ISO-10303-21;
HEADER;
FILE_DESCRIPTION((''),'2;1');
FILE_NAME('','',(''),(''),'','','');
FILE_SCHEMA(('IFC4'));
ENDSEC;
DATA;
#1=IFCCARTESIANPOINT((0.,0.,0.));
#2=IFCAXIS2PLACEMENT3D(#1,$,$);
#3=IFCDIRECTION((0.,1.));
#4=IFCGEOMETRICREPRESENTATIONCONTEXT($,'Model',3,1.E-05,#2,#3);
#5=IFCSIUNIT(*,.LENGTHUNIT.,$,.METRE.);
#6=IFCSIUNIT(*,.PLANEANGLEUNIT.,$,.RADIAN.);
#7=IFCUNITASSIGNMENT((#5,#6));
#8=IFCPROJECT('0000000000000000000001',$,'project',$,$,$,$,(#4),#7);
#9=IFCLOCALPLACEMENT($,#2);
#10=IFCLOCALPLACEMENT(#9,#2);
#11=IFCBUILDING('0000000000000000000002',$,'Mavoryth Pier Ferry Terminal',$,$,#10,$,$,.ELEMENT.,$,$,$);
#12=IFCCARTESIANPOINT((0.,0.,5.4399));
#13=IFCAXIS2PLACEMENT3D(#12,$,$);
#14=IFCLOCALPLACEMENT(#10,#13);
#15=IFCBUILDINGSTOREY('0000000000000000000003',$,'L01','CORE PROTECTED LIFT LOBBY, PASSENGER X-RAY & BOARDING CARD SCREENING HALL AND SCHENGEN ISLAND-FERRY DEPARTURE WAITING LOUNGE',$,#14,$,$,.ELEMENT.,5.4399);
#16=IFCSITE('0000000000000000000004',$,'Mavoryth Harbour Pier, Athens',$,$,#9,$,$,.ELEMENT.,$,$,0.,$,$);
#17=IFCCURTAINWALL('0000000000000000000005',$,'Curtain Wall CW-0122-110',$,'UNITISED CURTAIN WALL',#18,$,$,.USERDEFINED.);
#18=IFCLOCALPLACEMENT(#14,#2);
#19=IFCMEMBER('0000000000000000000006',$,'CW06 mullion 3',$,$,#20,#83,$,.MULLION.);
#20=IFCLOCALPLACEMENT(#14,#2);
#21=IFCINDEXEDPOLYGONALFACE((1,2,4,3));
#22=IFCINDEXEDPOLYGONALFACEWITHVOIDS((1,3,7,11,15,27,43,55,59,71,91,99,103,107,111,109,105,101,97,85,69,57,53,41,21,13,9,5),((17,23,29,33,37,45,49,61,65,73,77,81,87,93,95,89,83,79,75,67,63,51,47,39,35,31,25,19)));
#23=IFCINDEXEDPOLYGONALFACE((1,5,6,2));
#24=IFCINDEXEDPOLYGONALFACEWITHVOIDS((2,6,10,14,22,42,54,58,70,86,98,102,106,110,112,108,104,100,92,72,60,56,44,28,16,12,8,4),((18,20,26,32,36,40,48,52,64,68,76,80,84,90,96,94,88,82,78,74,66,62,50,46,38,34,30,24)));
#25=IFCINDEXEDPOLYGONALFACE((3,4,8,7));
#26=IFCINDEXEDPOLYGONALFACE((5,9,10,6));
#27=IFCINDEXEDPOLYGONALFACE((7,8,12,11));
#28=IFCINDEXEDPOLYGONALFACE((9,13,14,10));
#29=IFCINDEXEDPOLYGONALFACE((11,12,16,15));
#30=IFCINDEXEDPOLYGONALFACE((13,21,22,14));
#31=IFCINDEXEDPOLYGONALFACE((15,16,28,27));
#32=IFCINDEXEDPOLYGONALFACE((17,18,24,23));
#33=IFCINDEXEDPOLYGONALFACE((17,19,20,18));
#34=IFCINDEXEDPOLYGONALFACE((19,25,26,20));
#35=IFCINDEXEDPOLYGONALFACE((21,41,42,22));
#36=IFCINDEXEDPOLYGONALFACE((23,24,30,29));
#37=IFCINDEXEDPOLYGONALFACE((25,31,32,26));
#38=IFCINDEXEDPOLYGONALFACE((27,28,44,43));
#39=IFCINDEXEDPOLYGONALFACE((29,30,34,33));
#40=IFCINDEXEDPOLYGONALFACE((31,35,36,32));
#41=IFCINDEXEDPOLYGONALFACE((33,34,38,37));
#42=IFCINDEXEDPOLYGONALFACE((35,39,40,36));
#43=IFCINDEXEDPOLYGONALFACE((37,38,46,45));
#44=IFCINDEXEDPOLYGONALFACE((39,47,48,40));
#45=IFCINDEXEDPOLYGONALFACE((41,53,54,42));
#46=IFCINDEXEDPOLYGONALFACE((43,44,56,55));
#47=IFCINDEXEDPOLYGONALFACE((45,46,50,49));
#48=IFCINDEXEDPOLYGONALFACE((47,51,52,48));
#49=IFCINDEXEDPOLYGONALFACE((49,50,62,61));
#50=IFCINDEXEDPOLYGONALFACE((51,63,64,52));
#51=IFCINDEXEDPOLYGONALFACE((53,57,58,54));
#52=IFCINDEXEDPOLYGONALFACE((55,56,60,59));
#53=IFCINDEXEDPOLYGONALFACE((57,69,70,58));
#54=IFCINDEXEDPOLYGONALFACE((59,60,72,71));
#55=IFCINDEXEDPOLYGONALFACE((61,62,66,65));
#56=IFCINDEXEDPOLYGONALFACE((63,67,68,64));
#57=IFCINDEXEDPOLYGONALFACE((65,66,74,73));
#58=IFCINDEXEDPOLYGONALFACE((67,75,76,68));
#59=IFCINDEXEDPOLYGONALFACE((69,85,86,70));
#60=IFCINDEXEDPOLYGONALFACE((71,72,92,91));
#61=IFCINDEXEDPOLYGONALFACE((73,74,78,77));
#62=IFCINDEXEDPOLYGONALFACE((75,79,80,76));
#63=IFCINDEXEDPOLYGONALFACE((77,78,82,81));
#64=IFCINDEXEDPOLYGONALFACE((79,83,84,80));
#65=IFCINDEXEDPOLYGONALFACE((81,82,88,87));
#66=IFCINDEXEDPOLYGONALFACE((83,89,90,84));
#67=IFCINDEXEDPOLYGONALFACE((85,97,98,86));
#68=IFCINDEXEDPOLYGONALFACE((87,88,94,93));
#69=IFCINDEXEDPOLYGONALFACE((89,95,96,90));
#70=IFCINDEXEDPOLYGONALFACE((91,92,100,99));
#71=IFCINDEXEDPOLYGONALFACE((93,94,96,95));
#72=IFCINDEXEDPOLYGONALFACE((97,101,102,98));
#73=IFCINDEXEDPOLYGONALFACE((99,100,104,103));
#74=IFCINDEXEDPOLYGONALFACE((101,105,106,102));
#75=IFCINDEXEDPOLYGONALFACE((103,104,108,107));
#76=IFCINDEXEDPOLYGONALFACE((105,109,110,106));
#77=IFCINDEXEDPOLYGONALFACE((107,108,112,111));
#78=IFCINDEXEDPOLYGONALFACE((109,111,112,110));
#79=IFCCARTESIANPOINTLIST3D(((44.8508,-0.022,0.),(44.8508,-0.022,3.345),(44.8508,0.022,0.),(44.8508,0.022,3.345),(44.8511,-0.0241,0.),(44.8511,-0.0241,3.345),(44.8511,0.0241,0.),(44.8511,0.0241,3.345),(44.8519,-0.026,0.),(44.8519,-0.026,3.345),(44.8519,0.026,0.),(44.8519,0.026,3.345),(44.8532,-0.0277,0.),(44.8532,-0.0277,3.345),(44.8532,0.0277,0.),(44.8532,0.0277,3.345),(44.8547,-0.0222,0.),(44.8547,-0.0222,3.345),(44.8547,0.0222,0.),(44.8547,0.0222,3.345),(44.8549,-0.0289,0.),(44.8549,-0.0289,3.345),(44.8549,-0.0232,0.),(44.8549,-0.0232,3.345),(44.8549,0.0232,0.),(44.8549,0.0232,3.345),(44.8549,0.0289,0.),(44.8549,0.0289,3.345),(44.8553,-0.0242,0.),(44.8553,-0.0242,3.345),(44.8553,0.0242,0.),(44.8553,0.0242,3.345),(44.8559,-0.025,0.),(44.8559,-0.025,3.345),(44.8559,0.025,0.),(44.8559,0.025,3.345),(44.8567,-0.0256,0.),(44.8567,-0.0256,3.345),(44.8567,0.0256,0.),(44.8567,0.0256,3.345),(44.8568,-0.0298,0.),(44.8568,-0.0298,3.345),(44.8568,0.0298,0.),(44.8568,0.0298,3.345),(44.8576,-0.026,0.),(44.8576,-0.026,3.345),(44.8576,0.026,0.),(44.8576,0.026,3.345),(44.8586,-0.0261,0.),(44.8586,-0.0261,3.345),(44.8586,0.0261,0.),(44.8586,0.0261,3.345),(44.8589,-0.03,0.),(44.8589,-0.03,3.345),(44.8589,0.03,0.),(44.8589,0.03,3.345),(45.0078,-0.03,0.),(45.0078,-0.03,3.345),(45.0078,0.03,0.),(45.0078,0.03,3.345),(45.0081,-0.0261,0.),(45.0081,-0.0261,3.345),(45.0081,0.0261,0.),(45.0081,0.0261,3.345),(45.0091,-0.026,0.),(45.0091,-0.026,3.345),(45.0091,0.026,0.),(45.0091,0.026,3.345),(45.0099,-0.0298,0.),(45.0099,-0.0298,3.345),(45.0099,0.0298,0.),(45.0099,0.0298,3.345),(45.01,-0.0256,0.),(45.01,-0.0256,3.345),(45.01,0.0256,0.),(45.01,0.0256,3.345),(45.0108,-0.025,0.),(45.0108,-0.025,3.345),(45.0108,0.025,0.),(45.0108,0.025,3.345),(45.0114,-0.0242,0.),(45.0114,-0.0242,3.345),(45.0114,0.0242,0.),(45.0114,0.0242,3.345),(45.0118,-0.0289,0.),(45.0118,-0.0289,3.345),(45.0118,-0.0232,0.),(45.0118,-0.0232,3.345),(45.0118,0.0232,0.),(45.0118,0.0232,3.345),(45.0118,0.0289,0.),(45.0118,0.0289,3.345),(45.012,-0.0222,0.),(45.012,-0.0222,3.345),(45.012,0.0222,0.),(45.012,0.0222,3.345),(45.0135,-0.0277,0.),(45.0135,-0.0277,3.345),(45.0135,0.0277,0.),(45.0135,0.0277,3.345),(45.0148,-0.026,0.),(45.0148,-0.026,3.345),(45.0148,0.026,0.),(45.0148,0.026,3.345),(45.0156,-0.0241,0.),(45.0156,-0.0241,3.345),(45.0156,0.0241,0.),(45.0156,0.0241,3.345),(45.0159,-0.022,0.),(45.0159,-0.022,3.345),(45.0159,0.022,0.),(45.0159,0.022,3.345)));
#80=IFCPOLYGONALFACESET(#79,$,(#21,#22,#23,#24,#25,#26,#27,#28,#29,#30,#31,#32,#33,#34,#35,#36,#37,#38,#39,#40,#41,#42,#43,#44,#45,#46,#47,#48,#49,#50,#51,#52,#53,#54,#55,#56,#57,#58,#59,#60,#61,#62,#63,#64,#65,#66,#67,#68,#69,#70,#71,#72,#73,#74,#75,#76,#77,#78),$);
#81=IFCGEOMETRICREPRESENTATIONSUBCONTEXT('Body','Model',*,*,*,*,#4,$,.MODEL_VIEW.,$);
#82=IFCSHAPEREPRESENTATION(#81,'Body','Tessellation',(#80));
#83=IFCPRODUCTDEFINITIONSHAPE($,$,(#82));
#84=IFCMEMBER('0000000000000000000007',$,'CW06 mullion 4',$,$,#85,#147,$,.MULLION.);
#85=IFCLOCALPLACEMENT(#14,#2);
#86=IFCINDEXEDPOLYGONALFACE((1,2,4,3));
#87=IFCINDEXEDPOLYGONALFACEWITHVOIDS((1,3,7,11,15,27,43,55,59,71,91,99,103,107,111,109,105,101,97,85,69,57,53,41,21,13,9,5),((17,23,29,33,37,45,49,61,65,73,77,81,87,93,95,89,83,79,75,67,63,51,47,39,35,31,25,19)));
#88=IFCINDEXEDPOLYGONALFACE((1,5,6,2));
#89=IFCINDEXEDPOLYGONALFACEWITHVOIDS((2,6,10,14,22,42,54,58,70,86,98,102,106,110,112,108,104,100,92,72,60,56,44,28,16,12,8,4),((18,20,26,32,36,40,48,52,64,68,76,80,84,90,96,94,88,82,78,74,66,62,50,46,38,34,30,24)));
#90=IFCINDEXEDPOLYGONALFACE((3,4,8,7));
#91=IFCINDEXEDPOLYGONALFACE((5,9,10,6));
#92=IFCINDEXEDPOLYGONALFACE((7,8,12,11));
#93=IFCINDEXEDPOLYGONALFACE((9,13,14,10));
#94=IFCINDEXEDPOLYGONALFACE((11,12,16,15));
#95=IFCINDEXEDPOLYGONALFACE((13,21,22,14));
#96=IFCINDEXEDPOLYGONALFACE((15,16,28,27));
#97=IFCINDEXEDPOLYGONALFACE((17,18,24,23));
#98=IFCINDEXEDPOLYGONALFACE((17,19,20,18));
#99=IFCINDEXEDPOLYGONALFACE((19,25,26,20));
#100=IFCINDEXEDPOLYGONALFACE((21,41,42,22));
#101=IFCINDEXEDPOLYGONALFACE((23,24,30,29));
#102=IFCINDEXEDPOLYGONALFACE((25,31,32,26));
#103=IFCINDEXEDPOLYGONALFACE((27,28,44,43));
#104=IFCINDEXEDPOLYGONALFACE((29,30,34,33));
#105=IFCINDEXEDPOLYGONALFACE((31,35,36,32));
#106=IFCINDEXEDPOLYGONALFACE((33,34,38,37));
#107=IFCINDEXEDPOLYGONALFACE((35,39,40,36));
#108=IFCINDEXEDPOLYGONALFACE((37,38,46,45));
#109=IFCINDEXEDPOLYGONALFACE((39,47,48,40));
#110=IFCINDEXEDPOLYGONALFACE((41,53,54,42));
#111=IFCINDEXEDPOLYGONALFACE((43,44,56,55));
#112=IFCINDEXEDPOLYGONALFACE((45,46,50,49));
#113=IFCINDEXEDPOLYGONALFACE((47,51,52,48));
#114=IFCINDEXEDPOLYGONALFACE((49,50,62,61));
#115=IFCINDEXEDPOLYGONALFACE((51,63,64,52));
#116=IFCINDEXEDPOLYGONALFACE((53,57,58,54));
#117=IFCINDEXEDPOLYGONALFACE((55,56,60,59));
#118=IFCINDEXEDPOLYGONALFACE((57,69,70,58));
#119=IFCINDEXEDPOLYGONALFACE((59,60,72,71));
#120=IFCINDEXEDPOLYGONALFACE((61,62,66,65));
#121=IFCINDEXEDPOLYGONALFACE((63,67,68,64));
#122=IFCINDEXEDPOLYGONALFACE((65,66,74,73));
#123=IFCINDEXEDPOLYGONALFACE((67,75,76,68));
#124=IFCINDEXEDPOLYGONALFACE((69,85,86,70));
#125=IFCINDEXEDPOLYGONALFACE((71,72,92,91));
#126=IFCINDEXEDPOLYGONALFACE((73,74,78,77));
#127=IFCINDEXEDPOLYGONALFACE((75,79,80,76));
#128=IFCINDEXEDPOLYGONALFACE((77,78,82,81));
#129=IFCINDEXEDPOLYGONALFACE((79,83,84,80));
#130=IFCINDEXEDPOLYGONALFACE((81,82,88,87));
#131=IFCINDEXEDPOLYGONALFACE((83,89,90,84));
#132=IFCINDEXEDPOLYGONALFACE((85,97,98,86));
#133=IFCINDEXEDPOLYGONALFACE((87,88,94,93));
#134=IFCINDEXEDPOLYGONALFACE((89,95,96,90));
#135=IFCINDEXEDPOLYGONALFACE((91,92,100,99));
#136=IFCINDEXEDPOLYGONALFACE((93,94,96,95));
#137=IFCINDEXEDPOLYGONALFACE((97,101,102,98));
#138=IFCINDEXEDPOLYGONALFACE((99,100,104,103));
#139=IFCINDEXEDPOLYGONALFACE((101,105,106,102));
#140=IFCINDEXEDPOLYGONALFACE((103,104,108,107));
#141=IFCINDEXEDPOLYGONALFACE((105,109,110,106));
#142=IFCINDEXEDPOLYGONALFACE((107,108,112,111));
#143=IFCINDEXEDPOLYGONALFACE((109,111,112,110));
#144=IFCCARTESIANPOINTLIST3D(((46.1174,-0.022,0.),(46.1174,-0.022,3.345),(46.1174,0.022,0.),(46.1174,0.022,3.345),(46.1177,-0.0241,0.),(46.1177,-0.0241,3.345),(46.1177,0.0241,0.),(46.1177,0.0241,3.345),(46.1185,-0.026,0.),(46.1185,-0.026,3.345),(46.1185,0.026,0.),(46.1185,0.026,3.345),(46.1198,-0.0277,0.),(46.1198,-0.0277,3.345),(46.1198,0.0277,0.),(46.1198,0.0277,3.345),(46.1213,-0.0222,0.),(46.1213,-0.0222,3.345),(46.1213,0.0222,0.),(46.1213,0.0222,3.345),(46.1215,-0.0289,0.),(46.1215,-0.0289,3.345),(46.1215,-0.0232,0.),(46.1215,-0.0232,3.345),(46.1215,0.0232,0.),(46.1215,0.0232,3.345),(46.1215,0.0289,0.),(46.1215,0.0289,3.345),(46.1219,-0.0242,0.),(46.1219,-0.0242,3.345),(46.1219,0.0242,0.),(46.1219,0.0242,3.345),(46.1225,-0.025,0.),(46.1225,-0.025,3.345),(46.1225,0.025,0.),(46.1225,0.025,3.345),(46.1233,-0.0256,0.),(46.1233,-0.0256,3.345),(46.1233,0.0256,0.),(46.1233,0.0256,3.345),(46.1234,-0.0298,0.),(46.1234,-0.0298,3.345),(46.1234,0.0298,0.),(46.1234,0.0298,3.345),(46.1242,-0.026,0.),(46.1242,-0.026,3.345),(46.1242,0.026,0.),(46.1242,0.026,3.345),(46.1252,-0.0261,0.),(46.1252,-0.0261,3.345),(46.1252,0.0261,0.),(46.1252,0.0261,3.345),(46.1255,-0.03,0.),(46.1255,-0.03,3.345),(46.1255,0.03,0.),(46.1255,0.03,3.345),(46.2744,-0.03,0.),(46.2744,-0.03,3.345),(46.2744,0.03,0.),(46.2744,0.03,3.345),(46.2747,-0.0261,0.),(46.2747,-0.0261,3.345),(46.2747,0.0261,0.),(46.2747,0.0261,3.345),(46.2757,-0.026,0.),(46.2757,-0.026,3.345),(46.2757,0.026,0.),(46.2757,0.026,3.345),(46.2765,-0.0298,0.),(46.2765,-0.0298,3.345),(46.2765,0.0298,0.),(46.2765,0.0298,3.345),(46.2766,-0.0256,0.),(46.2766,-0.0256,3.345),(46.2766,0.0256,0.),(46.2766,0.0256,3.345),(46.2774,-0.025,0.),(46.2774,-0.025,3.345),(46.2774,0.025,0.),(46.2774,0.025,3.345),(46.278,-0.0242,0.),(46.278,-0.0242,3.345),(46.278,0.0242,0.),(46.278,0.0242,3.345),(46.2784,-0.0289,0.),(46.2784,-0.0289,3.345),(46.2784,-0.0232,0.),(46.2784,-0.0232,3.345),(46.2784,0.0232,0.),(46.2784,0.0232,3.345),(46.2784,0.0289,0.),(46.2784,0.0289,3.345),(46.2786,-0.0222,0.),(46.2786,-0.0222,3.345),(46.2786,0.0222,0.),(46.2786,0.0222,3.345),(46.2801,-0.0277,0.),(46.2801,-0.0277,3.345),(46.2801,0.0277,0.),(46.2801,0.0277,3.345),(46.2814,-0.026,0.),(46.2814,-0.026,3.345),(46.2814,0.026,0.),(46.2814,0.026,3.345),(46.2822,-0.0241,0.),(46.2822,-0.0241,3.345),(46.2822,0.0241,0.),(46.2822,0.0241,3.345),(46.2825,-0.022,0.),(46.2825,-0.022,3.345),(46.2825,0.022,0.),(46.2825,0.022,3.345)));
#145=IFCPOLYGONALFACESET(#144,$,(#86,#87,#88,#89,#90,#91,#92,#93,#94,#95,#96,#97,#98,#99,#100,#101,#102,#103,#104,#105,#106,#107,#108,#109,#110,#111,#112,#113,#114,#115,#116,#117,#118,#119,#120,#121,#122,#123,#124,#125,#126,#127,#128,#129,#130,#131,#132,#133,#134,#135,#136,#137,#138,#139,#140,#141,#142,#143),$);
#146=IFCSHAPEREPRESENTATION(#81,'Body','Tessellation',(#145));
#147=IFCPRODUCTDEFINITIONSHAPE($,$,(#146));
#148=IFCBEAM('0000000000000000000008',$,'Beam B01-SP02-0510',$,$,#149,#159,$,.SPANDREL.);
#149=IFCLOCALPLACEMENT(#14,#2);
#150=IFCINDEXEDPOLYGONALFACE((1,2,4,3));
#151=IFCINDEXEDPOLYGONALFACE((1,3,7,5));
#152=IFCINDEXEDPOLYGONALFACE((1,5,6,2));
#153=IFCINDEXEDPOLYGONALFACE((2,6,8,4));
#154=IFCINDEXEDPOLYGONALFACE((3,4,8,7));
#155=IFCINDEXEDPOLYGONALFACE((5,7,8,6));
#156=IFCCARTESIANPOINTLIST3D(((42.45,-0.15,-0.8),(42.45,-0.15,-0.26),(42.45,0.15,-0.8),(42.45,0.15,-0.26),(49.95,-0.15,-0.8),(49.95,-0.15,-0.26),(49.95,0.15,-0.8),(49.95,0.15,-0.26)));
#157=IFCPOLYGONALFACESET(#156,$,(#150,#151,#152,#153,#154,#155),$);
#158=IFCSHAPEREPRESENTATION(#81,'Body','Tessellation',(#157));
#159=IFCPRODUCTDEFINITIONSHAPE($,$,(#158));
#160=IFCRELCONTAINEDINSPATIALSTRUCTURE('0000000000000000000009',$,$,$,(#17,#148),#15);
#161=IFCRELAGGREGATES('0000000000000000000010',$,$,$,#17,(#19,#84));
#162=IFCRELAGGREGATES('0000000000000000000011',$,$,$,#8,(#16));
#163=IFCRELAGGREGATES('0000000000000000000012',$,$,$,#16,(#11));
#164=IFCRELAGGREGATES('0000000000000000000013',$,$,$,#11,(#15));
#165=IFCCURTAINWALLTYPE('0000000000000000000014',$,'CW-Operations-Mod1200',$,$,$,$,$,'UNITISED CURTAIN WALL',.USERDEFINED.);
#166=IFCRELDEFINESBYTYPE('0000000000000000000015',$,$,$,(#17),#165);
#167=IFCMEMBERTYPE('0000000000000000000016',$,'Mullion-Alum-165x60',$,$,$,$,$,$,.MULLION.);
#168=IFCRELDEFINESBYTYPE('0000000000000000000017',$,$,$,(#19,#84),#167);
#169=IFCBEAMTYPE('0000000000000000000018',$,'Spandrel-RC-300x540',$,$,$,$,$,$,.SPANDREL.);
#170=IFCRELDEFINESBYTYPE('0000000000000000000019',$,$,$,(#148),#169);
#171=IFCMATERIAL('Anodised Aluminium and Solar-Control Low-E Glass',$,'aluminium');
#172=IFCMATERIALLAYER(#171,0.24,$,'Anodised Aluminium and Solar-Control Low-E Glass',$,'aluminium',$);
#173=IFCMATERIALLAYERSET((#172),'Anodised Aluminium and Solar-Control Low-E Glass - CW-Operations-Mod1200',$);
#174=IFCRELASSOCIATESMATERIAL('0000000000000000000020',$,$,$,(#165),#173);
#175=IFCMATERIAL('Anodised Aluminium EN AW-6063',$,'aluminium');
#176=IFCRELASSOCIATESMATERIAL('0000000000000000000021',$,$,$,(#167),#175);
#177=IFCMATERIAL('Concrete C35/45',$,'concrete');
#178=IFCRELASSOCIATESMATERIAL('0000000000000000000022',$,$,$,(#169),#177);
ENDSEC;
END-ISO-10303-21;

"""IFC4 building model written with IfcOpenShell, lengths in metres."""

from ifc_helpers import new_model, si_unit, direction, frame, origin, origin_2d, place, context, subcontext, project, spatial, rectangle, hollow_rectangle, extrude, material, layer, layer_set, material_profile, profile_set, type_object, element, aggregate, save


model = new_model("IFC4")

# Units and contexts
model_context = context("Model", 3, precision=1e-05, world=origin(), true_north=direction((0.0, 1.0)))
body_context = subcontext(model_context, "Body", "Model", "MODEL_VIEW")
ifc_project = project(units=[si_unit("LENGTHUNIT", "METRE"), si_unit("PLANEANGLEUNIT", "RADIAN")], contexts=[model_context])

# Site, building, storey
site_placement = place(None, origin())
site = spatial("IfcSite", under=ifc_project, at=site_placement, Name="Mavoryth Harbour Pier, Athens", CompositionType="ELEMENT", RefElevation=0.0)
building_placement = place(site_placement, origin())
building = spatial("IfcBuilding", under=site, at=building_placement, Name="Mavoryth Pier Ferry Terminal", CompositionType="ELEMENT")
storey_placement = place(building_placement, frame((0.0, 0.0, 5.4399)))
storey = spatial("IfcBuildingStorey", under=building, at=storey_placement, Name="L01", Description="CORE PROTECTED LIFT LOBBY, PASSENGER X-RAY & BOARDING CARD SCREENING HALL AND SCHENGEN ISLAND-FERRY DEPARTURE WAITING LOUNGE", CompositionType="ELEMENT", Elevation=5.4399)

# Shared definitions
ifc_material_1 = material(Name="Concrete C35/45", Category="concrete")

# Curtain wall, members
ifc_material_2 = material(Name="Anodised Aluminium and Solar-Control Low-E Glass", Category="aluminium")
ifc_layer_1 = layer(ifc_material_2, 0.24, Name="Anodised Aluminium and Solar-Control Low-E Glass", Category="aluminium")
ifc_layer_set_1 = layer_set([ifc_layer_1], Name="Anodised Aluminium and Solar-Control Low-E Glass - CW-Operations-Mod1200")
curtain_wall_type = type_object("IfcCurtainWallType", Name="CW-Operations-Mod1200", ElementType="UNITISED CURTAIN WALL", PredefinedType="USERDEFINED", material=ifc_layer_set_1)
curtain_wall_placement = place(storey_placement, origin())
curtain_wall = element("IfcCurtainWall", 1, at=curtain_wall_placement, inside=storey, type_object=curtain_wall_type, Name="Curtain Wall CW-0122-110", ObjectType="UNITISED CURTAIN WALL", PredefinedType="USERDEFINED")
ifc_material_3 = material(Name="Anodised Aluminium EN AW-6063", Category="aluminium")
ifc_material_profile_1 = material_profile(ifc_material_3, hollow_rectangle(XDim=0.0601, YDim=0.165, WallThickness=0.0039, InnerFilletRadius=0.0039, OuterFilletRadius=0.0081, at=origin_2d()), Name="AL-MULL 165x60x4", Category="aluminium")
ifc_profile_set_1 = profile_set([ifc_material_profile_1], Name="Anodised Aluminium EN AW-6063 - AL-MULL 165x60x4")
member_type_1 = type_object("IfcMemberType", Name="Mullion-Alum-165x60", PredefinedType="MULLION", material=ifc_profile_set_1)
member_1_placement = place(storey_placement, frame((44.9333, 0.0, 0.0), z_axis=(0.0, 0.0, 1.0), x_axis=(0.0, 1.0, 0.0)))
member_1 = element("IfcMember", 2, at=member_1_placement, type_object=member_type_1, Name="CW06 mullion 3", PredefinedType="MULLION", context=body_context, shape_type="SweptSolid", body=[
    extrude(hollow_rectangle(XDim=0.0601, YDim=0.165, WallThickness=0.0039, InnerFilletRadius=0.0039, OuterFilletRadius=0.0081, at=origin_2d()), origin(), (0.0, 0.0, 1.0), 3.345),
])
member_2_placement = place(storey_placement, frame((46.2, 0.0, 0.0), z_axis=(0.0, 0.0, 1.0), x_axis=(0.0, 1.0, 0.0)))
member_2 = element("IfcMember", 3, at=member_2_placement, type_object=member_type_1, Name="CW06 mullion 4", PredefinedType="MULLION", context=body_context, shape_type="SweptSolid", body=[
    extrude(hollow_rectangle(XDim=0.0601, YDim=0.165, WallThickness=0.0039, InnerFilletRadius=0.0039, OuterFilletRadius=0.0081, at=origin_2d()), origin(), (0.0, 0.0, 1.0), 3.345),
])

# Beam
ifc_material_profile_2 = material_profile(ifc_material_1, rectangle(XDim=0.3, YDim=0.54, at=origin_2d()), Name="RC 300x540", Category="concrete")
ifc_profile_set_2 = profile_set([ifc_material_profile_2], Name="Concrete C35/45 - RC 300x540")
beam_type_1 = type_object("IfcBeamType", Name="Spandrel-RC-300x540", PredefinedType="SPANDREL", material=ifc_profile_set_2)
beam_1_placement = place(storey_placement, frame((42.45, 0.0, -0.53), z_axis=(1.0, 0.0, 0.0), x_axis=(0.0, 1.0, 0.0)))
element("IfcBeam", 4, at=beam_1_placement, inside=storey, type_object=beam_type_1, Name="Beam B01-SP02-0510", PredefinedType="SPANDREL", context=body_context, shape_type="SweptSolid", body=[
    extrude(rectangle(XDim=0.3, YDim=0.54, at=origin_2d()), origin(), (0.0, 0.0, 1.0), 7.5),
])

aggregate(curtain_wall, [member_1, member_2])

save(model, "model.ifc")
